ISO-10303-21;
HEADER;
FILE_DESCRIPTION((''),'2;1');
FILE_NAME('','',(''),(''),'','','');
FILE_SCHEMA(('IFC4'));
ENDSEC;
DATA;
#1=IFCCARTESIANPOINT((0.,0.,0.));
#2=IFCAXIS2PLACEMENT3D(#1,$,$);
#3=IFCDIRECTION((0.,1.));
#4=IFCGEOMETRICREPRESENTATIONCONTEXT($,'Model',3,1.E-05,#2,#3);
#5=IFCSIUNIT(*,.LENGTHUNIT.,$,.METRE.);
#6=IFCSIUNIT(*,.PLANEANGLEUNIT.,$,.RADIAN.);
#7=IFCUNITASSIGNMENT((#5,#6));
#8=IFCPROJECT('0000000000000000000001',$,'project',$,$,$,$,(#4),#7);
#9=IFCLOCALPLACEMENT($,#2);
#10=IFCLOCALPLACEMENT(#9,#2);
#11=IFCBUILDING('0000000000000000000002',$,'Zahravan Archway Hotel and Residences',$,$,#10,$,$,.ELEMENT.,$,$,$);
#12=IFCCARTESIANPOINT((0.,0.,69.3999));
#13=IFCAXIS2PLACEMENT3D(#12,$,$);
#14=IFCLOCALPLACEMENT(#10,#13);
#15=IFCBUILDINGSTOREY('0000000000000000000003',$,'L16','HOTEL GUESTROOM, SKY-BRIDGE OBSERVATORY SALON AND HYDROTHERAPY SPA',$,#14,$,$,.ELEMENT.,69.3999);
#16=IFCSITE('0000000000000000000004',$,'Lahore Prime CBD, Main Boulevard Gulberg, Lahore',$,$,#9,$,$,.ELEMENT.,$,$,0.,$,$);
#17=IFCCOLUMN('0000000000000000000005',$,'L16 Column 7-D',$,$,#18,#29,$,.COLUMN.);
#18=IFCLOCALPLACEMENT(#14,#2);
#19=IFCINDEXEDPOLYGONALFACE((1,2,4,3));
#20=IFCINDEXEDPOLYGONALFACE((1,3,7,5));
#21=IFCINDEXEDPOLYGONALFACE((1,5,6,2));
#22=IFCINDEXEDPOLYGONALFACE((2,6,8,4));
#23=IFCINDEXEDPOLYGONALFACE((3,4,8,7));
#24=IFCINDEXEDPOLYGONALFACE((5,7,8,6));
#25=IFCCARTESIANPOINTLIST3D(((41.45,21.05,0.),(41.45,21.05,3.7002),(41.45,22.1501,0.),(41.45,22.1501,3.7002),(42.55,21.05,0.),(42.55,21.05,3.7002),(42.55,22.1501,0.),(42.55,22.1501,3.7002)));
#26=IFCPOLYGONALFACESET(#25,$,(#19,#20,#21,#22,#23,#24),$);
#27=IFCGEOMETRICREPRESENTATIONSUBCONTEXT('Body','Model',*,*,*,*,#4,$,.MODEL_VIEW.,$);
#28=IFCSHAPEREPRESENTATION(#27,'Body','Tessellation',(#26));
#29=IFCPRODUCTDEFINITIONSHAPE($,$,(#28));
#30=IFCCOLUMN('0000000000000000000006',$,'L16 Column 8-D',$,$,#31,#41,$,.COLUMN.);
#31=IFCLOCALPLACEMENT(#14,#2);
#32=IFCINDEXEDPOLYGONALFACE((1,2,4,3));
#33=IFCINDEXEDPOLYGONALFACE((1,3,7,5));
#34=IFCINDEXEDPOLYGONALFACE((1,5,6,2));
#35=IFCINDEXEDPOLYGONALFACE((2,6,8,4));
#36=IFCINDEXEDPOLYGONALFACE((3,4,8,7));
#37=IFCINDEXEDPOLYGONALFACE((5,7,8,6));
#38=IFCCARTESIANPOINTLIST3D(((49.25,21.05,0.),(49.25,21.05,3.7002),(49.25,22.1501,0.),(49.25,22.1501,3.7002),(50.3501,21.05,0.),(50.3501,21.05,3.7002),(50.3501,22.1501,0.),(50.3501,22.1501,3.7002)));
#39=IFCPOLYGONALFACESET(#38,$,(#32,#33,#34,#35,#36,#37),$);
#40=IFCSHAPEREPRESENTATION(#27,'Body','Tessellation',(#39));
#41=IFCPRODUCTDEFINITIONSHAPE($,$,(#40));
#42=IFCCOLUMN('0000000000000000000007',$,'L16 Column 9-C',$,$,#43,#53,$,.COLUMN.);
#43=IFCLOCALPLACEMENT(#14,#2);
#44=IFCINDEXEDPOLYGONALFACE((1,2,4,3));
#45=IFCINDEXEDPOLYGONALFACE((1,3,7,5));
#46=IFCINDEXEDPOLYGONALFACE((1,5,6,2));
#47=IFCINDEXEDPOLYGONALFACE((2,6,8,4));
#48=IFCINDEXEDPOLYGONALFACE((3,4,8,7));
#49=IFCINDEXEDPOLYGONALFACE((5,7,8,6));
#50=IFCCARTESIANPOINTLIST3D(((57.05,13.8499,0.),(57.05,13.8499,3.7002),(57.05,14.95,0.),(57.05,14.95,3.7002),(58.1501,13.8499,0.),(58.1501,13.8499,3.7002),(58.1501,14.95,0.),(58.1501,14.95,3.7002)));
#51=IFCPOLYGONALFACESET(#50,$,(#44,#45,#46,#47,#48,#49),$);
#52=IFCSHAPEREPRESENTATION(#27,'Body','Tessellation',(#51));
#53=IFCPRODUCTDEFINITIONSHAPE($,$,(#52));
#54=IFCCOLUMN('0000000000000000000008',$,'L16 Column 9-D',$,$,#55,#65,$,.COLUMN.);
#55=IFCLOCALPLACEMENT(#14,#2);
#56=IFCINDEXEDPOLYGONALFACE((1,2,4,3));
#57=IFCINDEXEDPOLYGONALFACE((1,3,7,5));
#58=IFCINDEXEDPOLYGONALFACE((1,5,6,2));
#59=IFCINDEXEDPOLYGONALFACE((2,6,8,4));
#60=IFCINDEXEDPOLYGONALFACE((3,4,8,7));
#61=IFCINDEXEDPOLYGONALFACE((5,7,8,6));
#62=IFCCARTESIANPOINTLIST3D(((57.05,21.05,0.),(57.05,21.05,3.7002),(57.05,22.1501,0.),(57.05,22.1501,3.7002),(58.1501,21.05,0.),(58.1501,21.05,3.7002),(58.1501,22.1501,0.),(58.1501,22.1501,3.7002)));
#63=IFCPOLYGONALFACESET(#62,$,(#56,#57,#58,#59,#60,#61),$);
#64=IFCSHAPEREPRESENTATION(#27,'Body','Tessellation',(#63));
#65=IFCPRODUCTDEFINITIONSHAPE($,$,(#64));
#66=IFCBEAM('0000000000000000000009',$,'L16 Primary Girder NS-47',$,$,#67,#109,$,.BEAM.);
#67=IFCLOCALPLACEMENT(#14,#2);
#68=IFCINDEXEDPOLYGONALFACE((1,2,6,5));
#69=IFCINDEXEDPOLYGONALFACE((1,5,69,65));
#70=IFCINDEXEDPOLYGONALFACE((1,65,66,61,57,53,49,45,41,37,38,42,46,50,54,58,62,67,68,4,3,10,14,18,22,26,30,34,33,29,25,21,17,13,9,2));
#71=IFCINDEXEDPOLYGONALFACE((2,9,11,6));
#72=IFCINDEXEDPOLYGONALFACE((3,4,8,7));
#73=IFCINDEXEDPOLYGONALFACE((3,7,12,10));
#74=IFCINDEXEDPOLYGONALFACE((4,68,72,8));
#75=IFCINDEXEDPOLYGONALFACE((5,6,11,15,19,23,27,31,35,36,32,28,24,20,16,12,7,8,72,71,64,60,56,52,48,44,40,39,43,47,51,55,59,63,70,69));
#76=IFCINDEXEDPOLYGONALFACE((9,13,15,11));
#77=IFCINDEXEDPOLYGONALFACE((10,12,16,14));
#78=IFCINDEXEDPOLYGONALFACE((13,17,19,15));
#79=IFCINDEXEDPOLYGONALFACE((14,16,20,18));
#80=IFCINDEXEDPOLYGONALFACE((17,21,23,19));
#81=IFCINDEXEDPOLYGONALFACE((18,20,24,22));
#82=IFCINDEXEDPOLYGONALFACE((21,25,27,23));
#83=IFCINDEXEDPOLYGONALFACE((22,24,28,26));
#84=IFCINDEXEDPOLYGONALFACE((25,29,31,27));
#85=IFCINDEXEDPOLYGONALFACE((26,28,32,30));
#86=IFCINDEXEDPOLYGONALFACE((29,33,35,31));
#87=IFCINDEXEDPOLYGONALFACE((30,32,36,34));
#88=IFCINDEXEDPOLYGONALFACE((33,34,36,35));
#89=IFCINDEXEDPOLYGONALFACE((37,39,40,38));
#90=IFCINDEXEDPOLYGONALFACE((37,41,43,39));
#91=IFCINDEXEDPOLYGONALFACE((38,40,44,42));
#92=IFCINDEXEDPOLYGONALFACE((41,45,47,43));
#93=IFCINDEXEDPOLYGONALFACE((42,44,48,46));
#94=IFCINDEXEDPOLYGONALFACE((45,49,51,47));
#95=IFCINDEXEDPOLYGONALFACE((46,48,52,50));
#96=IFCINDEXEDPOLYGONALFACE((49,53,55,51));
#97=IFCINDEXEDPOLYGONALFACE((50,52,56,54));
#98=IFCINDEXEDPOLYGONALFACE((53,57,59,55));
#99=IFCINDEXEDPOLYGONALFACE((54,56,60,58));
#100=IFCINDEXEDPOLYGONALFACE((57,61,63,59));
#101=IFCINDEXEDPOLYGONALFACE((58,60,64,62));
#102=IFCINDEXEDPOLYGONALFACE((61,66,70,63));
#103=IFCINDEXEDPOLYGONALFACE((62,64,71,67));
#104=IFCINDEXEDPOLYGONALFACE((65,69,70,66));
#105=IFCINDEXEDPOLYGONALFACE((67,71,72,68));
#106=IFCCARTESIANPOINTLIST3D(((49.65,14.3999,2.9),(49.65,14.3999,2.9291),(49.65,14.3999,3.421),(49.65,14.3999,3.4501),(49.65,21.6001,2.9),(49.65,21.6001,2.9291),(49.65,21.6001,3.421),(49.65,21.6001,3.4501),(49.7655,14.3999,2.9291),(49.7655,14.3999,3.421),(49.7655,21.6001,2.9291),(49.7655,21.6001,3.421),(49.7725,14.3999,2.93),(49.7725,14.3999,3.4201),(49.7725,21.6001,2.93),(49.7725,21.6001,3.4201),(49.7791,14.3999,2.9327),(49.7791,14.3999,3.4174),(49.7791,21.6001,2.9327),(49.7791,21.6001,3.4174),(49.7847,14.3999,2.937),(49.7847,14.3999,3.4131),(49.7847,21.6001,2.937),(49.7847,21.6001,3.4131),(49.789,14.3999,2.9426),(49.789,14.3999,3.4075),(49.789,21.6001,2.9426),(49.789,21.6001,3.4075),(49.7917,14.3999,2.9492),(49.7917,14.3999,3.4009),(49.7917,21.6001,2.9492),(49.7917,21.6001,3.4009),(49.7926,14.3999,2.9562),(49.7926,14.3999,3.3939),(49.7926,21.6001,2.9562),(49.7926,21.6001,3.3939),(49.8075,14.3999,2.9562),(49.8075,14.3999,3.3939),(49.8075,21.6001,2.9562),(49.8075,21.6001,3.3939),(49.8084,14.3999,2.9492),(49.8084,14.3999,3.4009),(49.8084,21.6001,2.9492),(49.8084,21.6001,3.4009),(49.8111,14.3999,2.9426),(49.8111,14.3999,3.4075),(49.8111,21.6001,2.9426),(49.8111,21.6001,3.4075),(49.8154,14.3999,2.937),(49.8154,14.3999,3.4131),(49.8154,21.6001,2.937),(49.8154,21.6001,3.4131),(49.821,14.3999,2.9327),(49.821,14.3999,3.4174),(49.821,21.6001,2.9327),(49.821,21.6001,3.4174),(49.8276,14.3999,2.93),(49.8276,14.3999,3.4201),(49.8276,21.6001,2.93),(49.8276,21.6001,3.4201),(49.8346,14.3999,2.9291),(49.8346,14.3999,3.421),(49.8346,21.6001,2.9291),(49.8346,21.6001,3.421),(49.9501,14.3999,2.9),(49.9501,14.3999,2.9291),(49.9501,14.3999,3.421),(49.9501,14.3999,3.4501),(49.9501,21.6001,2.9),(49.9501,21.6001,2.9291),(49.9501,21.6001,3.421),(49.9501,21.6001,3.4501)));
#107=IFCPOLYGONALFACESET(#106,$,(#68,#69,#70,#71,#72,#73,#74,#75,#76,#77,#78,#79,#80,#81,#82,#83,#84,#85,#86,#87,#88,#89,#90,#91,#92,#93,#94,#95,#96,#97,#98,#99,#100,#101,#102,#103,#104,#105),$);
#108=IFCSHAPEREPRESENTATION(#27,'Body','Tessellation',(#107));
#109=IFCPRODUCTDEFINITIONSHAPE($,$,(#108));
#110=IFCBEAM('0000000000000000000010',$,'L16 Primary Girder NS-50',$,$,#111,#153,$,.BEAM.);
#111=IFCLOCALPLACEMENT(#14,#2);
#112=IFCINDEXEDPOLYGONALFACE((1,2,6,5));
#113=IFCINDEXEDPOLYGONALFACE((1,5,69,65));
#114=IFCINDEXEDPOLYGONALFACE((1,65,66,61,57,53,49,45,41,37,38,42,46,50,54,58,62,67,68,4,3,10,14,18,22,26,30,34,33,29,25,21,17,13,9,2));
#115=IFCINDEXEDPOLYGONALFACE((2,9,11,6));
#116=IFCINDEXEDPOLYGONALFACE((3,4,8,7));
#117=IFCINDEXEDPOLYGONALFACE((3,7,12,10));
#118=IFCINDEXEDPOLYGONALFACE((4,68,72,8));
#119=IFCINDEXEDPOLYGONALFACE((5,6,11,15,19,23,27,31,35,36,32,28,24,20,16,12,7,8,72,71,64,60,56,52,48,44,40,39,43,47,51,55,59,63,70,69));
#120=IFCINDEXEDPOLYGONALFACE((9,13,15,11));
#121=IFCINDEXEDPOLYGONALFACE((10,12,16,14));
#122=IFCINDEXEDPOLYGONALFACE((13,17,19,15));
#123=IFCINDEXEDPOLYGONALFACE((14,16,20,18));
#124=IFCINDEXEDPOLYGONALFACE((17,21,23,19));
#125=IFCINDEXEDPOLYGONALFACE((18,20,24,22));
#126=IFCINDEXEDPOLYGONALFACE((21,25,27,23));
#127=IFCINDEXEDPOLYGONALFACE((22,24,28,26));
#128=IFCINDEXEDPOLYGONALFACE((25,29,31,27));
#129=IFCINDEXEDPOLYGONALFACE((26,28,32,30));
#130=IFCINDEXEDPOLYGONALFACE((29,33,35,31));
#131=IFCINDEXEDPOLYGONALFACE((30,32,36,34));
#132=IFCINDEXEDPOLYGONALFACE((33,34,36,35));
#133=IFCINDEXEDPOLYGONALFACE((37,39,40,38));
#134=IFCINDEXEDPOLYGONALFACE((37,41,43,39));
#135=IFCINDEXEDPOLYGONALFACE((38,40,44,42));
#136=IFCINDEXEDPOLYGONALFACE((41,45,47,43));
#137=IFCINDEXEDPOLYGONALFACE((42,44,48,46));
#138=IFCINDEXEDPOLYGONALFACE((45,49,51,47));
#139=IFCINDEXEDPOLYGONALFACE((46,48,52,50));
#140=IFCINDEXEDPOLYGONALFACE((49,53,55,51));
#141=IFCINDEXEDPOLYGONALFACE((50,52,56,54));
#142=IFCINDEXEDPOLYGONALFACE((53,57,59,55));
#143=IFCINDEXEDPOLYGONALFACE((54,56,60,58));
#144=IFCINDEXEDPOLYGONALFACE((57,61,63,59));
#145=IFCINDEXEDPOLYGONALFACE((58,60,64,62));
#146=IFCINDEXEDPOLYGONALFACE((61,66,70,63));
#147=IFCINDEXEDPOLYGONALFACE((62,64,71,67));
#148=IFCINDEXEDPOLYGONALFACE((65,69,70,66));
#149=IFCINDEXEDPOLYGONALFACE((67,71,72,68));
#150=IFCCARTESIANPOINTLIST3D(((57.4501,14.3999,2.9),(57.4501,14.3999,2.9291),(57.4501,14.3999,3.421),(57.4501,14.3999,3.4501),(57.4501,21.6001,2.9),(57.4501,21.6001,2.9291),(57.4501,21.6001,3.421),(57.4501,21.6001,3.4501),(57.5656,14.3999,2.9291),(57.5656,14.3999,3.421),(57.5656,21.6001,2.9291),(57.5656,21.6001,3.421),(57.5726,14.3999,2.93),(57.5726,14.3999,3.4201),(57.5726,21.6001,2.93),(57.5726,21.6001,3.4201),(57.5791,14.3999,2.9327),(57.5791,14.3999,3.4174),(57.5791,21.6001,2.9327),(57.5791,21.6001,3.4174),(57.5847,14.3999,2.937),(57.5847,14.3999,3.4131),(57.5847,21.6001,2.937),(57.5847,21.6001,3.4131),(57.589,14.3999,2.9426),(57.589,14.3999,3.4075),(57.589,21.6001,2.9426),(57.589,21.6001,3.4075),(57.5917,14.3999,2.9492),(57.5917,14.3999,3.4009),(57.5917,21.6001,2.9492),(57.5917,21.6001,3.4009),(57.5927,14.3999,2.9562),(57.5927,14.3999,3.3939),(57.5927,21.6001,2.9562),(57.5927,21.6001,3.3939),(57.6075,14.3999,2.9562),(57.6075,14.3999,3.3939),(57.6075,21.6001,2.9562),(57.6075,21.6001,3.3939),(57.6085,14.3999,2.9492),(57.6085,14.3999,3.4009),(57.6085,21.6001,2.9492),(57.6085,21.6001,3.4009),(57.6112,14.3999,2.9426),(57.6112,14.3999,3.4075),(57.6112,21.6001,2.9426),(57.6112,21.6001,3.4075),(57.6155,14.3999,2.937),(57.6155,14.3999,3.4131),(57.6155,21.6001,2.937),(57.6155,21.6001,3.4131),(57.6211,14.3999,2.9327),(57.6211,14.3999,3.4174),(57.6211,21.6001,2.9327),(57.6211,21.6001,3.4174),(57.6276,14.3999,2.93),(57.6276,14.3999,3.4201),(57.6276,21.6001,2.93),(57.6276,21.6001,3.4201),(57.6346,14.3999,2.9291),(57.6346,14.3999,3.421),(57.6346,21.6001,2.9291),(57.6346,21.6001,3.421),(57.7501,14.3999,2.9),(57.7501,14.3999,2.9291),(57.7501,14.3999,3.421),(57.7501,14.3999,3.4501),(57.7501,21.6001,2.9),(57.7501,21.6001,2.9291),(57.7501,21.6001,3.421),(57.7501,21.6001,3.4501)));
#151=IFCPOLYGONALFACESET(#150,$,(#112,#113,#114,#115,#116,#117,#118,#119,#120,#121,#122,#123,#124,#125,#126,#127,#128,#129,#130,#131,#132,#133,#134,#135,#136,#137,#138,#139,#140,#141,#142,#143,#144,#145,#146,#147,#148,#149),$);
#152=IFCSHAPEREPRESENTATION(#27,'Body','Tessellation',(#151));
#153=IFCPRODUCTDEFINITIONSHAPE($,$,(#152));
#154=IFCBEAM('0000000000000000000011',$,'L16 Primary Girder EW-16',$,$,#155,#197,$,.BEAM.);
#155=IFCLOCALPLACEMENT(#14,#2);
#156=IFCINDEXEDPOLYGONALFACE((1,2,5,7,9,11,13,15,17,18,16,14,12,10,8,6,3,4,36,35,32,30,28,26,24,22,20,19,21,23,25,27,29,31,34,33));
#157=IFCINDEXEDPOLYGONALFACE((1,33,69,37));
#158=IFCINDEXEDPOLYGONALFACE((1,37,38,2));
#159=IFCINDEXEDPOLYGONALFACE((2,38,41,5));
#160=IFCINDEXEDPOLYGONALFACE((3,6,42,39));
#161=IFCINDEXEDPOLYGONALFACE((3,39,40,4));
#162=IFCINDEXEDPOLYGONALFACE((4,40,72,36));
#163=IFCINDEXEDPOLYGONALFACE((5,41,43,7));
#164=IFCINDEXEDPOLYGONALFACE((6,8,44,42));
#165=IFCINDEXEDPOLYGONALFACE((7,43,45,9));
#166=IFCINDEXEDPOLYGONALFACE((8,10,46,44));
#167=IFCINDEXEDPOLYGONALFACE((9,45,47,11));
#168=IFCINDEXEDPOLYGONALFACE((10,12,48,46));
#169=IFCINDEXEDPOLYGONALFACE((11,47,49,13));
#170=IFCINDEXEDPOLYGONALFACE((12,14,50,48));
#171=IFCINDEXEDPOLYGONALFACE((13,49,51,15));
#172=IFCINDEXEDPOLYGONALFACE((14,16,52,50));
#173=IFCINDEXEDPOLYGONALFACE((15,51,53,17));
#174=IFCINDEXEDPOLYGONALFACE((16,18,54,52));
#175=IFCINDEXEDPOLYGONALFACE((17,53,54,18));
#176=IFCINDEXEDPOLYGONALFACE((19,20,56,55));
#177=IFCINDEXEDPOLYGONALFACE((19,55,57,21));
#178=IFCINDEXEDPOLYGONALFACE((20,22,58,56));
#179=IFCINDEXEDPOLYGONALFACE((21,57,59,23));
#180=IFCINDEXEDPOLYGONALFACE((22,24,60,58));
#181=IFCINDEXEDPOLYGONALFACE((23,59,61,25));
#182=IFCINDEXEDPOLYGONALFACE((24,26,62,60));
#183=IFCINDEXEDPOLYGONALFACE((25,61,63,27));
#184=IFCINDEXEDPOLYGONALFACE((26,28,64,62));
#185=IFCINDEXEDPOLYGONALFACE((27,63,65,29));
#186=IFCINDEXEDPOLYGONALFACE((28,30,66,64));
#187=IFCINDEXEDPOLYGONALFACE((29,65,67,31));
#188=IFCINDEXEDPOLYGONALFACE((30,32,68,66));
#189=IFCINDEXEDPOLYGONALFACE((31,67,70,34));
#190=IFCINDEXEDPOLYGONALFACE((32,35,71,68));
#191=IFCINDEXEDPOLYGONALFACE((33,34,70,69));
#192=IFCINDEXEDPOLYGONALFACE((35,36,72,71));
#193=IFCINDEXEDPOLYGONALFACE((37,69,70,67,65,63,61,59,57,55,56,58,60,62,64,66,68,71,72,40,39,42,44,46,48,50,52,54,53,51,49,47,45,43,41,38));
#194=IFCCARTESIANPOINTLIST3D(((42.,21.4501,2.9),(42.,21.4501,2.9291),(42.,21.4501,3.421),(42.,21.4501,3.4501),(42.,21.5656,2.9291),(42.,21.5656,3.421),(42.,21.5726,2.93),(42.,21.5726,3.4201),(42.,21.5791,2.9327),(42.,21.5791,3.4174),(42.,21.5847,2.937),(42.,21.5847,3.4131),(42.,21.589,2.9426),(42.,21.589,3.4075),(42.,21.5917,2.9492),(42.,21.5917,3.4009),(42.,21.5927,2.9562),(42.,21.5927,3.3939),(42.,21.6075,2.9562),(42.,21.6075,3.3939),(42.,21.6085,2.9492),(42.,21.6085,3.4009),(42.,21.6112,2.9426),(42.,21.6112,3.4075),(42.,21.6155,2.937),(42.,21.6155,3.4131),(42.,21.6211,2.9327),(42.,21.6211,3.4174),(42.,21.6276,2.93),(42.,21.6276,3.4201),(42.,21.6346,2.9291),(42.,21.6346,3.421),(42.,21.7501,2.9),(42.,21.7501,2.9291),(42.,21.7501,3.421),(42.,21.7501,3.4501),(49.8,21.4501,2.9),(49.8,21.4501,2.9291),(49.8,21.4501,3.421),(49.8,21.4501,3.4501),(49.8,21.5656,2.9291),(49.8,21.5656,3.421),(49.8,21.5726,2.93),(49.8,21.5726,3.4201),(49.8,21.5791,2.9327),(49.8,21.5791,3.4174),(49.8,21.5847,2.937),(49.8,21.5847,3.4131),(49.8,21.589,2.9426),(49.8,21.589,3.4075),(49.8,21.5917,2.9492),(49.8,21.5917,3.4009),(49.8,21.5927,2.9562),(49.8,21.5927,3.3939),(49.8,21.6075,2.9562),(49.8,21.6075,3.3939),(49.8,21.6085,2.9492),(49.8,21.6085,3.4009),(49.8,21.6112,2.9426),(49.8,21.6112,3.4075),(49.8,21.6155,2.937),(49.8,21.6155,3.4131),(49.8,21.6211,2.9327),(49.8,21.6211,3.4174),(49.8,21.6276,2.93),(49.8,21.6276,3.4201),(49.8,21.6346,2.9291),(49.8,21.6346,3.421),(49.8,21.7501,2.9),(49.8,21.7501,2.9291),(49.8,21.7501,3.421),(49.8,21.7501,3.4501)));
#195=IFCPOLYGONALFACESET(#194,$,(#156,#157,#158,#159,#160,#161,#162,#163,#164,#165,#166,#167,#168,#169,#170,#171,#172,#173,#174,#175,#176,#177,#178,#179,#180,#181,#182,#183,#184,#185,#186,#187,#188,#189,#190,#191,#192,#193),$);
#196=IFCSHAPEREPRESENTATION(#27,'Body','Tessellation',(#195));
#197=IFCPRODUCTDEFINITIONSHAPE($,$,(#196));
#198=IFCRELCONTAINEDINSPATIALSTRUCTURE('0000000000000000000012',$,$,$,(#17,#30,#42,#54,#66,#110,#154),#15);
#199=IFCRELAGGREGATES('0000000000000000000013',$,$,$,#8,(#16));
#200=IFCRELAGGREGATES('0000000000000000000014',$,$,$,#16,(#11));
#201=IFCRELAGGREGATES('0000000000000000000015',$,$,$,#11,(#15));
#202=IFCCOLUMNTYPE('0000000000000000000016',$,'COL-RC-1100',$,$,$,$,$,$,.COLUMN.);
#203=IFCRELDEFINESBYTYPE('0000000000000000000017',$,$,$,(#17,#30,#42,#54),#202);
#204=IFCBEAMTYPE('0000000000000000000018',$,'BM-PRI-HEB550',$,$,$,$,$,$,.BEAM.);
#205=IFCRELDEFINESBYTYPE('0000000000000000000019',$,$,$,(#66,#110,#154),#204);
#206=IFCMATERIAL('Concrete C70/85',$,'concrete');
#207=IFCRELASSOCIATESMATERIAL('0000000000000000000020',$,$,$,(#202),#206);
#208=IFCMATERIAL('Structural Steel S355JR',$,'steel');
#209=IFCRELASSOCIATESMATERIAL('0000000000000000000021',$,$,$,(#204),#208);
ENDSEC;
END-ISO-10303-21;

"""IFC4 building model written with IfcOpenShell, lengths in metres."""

from ifc_helpers import new_model, si_unit, direction, frame, origin, origin_2d, place, context, subcontext, project, spatial, rectangle, i_section, extrude, source, transform, mapped, material, material_profile, profile_set, type_object, type_shapes, element, save


model = new_model("IFC4")

# Units and contexts
model_context = context("Model", 3, precision=1e-05, world=origin(), true_north=direction((0.0, 1.0)))
body_context = subcontext(model_context, "Body", "Model", "MODEL_VIEW")
ifc_project = project(units=[si_unit("LENGTHUNIT", "METRE"), si_unit("PLANEANGLEUNIT", "RADIAN")], contexts=[model_context])

# Site, building, storey
site_placement = place(None, origin())
site = spatial("IfcSite", under=ifc_project, at=site_placement, Name="Lahore Prime CBD, Main Boulevard Gulberg, Lahore", CompositionType="ELEMENT", RefElevation=0.0)
building_placement = place(site_placement, origin())
building = spatial("IfcBuilding", under=site, at=building_placement, Name="Zahravan Archway Hotel and Residences", CompositionType="ELEMENT")
storey_placement = place(building_placement, frame((0.0, 0.0, 69.3999)))
storey = spatial("IfcBuildingStorey", under=building, at=storey_placement, Name="L16", Description="HOTEL GUESTROOM, SKY-BRIDGE OBSERVATORY SALON AND HYDROTHERAPY SPA", CompositionType="ELEMENT", Elevation=69.3999)

# Columns
ifc_material_1 = material(Name="Concrete C70/85", Category="concrete")
ifc_material_profile_1 = material_profile(ifc_material_1, rectangle(XDim=1.1001, YDim=1.1001, at=origin_2d()), Name="RC 1100x1100", Category="concrete")
ifc_profile_set_1 = profile_set([ifc_material_profile_1], Name="Concrete C70/85")
column_type = type_object("IfcColumnType", Name="COL-RC-1100", PredefinedType="COLUMN", material=ifc_profile_set_1)
shared_shape_1 = source(origin(), body_context, "Body", "SweptSolid", [
    extrude(rectangle(XDim=1.1001, YDim=1.1001, at=origin_2d()), origin(), (0.0, 0.0, 1.0), 3.7002),
])
for number, where, z_axis, x_axis, name in (
    (1, (42.0, 21.6001, 0.0), (0.0, 0.0, 1.0), (1.0, 0.0, 0.0), "L16 Column 7-D"),
    (2, (49.8, 21.6001, 0.0), (0.0, 0.0, 1.0), (1.0, 0.0, 0.0), "L16 Column 8-D"),
    (3, (57.6001, 14.3999, 0.0), (0.0, 0.0, 1.0), (1.0, 0.0, 0.0), "L16 Column 9-C"),
    (4, (57.6001, 21.6001, 0.0), (0.0, 0.0, 1.0), (1.0, 0.0, 0.0), "L16 Column 9-D"),
):
    element("IfcColumn", number, at=place(storey_placement, frame(where, z_axis=z_axis, x_axis=x_axis)), inside=storey, type_object=column_type, Name=name, PredefinedType="COLUMN", context=body_context, shape_type="MappedRepresentation", body=[
        mapped(shared_shape_1, transform((0.0, 0.0, 0.0), scale=1.0)),
    ])

# Beams
ifc_material_2 = material(Name="Structural Steel S355JR", Category="steel")
ifc_material_profile_2 = material_profile(ifc_material_2, i_section(OverallWidth=0.3, OverallDepth=0.55, WebThickness=0.0149, FlangeThickness=0.0291, FilletRadius=0.0271, at=origin_2d()), Name="HEB 550", Category="steel")
ifc_profile_set_2 = profile_set([ifc_material_profile_2], Name="Structural Steel S355JR")
beam_type_1 = type_object("IfcBeamType", Name="BM-PRI-HEB550", PredefinedType="BEAM", material=ifc_profile_set_2)
shared_shape_2 = source(origin(), body_context, "Body", "SweptSolid", [
    extrude(i_section(OverallWidth=0.3, OverallDepth=0.55, WebThickness=0.0149, FlangeThickness=0.0291, FilletRadius=0.0271, at=origin_2d()), origin(), (0.0, 0.0, 1.0), 7.2002),
])
type_shapes(beam_type_1, [shared_shape_2])
for number, where, z_axis, x_axis, name in (
    (5, (49.8, 14.3999, 3.175), (0.0, 1.0, 0.0), (-1.0, 0.0, 0.0), "L16 Primary Girder NS-47"),
    (6, (57.6001, 14.3999, 3.175), (0.0, 1.0, 0.0), (-1.0, 0.0, 0.0), "L16 Primary Girder NS-50"),
):
    element("IfcBeam", number, at=place(storey_placement, frame(where, z_axis=z_axis, x_axis=x_axis)), inside=storey, type_object=beam_type_1, Name=name, PredefinedType="BEAM", context=body_context, shape_type="MappedRepresentation", body=[
        mapped(shared_shape_2, transform((0.0, 0.0, 0.0), scale=1.0)),
    ])
shared_shape_3 = source(origin(), body_context, "Body", "SweptSolid", [
    extrude(i_section(OverallWidth=0.3, OverallDepth=0.55, WebThickness=0.0149, FlangeThickness=0.0291, FilletRadius=0.0271, at=origin_2d()), origin(), (0.0, 0.0, 1.0), 7.8),
])
for number, where, z_axis, x_axis, name in (
    (7, (42.0, 21.6001, 3.175), (1.0, 0.0, 0.0), (0.0, 1.0, 0.0), "L16 Primary Girder EW-16"),
):
    element("IfcBeam", number, at=place(storey_placement, frame(where, z_axis=z_axis, x_axis=x_axis)), inside=storey, type_object=beam_type_1, Name=name, PredefinedType="BEAM", context=body_context, shape_type="MappedRepresentation", body=[
        mapped(shared_shape_3, transform((0.0, 0.0, 0.0), scale=1.0)),
    ])

save(model, "model.ifc")
